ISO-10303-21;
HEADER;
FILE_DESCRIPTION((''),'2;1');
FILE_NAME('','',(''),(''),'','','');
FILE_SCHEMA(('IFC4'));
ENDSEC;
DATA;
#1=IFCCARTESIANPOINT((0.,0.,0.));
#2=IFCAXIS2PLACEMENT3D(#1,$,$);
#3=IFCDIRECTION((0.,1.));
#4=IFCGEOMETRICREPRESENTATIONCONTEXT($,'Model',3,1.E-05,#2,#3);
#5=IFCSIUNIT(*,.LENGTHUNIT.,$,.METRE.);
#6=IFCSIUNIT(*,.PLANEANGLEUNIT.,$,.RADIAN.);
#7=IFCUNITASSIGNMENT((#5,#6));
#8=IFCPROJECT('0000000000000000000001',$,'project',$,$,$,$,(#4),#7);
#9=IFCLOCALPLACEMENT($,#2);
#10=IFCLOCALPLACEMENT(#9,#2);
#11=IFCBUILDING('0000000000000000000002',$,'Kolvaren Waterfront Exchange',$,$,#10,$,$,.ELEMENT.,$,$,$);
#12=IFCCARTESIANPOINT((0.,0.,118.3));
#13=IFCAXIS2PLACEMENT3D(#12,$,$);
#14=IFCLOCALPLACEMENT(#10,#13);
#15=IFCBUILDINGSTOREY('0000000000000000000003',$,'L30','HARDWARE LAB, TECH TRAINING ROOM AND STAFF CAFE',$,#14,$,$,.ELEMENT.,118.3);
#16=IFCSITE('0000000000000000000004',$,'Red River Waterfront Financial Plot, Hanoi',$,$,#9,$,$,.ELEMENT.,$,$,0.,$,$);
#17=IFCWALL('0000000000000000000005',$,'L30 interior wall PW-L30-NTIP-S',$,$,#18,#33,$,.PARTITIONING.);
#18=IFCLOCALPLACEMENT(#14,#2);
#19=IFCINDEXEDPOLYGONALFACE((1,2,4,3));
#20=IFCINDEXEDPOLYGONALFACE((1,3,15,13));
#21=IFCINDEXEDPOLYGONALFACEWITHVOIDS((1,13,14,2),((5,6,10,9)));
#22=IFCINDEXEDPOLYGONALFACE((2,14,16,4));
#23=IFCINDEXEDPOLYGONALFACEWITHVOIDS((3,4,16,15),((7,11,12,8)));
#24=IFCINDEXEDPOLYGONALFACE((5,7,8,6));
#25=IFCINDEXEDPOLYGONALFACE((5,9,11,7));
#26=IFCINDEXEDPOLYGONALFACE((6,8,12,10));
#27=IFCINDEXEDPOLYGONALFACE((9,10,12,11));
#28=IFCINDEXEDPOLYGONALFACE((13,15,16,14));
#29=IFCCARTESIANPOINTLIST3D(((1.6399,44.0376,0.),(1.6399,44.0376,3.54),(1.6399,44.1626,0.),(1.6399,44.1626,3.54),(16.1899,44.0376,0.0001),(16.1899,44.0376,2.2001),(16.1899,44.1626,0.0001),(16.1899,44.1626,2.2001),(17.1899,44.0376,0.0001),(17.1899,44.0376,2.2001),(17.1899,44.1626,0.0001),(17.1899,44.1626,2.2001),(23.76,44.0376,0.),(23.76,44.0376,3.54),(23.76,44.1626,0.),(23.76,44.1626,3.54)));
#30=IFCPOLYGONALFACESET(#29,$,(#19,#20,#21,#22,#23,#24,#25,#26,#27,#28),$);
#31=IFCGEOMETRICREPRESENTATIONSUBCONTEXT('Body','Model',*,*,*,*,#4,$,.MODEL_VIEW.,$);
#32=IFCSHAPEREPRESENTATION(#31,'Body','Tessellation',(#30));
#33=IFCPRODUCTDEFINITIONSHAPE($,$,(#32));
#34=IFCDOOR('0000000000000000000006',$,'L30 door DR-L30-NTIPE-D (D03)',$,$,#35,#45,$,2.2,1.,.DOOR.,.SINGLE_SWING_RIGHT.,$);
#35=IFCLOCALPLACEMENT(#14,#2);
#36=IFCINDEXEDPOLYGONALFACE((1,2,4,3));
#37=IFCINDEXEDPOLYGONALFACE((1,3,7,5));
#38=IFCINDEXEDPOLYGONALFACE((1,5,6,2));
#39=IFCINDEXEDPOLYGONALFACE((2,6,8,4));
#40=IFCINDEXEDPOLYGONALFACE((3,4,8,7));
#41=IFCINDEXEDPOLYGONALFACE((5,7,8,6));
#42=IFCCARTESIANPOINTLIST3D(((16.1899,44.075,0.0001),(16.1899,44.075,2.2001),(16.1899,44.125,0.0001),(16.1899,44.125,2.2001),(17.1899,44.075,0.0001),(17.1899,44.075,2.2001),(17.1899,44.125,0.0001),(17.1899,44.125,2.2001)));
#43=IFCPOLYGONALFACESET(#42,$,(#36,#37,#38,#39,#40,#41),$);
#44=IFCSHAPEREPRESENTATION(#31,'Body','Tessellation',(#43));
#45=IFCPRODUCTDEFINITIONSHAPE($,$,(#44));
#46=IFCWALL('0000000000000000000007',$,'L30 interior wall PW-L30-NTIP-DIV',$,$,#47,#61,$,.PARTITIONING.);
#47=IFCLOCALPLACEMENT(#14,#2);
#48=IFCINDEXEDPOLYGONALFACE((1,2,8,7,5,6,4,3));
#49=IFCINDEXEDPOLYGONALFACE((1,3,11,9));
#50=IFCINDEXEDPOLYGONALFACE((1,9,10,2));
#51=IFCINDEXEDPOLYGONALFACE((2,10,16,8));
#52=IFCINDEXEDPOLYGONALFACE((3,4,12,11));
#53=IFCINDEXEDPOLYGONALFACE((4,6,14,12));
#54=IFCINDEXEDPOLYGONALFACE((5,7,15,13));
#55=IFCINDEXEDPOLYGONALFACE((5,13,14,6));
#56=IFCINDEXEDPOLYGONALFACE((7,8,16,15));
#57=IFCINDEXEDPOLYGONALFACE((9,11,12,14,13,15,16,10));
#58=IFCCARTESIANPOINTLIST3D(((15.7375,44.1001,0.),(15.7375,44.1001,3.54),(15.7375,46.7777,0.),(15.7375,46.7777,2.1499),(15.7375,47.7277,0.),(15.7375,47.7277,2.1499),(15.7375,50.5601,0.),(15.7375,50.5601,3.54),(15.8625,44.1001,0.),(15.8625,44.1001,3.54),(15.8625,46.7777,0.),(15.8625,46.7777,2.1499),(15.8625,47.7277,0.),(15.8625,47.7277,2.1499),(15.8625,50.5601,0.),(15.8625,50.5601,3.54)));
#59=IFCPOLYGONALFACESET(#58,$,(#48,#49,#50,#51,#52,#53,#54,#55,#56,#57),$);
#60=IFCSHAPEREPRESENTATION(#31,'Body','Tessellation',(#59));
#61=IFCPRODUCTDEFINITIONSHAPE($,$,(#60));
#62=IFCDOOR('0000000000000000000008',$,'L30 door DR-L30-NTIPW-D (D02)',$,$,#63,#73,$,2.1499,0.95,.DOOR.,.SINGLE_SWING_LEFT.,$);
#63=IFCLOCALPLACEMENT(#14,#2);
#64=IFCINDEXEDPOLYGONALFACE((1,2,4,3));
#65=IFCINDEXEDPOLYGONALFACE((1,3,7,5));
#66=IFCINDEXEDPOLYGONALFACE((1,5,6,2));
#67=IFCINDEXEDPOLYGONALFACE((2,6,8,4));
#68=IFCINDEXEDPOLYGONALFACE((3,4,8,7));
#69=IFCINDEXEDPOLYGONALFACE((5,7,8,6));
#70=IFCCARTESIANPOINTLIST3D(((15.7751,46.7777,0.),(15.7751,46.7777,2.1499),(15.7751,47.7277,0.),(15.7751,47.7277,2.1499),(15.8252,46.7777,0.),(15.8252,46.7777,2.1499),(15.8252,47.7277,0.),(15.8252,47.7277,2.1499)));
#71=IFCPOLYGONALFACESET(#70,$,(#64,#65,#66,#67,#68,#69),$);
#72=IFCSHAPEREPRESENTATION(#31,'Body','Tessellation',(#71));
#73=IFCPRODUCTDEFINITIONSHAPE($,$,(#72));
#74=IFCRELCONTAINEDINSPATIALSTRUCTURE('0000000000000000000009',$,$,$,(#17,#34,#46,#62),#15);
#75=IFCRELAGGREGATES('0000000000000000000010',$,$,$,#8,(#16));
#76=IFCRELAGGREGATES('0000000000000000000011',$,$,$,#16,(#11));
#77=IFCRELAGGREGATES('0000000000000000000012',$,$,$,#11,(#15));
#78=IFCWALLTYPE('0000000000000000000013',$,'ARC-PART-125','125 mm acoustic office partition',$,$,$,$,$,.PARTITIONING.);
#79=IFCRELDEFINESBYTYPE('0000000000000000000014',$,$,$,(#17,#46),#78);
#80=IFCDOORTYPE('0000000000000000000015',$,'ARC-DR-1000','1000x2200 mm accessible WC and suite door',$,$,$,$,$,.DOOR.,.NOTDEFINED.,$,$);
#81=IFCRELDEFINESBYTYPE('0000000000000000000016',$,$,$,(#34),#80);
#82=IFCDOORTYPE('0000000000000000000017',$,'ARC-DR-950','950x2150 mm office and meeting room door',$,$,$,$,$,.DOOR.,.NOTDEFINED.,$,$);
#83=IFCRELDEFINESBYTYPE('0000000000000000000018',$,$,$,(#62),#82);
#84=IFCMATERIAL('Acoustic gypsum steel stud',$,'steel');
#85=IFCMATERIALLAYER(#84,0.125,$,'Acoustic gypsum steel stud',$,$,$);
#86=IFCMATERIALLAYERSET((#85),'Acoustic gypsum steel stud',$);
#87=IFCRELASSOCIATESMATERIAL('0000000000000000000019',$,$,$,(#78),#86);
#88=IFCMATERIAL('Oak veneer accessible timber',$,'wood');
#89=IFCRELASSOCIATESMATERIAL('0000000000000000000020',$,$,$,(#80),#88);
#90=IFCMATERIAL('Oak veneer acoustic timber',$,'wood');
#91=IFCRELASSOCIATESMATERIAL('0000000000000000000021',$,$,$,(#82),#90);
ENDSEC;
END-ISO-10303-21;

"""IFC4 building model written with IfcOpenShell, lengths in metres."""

from ifc_helpers import new_model, si_unit, direction, frame, frame_2d, origin, place, context, subcontext, project, spatial, rectangle, extrude, material, layer, layer_set, type_object, element, fill, save


model = new_model("IFC4")

# Units and contexts
model_context = context("Model", 3, precision=1e-05, world=origin(), true_north=direction((0.0, 1.0)))
body_context = subcontext(model_context, "Body", "Model", "MODEL_VIEW")
ifc_project = project(units=[si_unit("LENGTHUNIT", "METRE"), si_unit("PLANEANGLEUNIT", "RADIAN")], contexts=[model_context])

# Site, building, storey
site_placement = place(None, origin())
site = spatial("IfcSite", under=ifc_project, at=site_placement, Name="Red River Waterfront Financial Plot, Hanoi", CompositionType="ELEMENT", RefElevation=0.0)
building_placement = place(site_placement, origin())
building = spatial("IfcBuilding", under=site, at=building_placement, Name="Kolvaren Waterfront Exchange", CompositionType="ELEMENT")
storey_placement = place(building_placement, frame((0.0, 0.0, 118.3)))
storey = spatial("IfcBuildingStorey", under=building, at=storey_placement, Name="L30", Description="HARDWARE LAB, TECH TRAINING ROOM AND STAFF CAFE", CompositionType="ELEMENT", Elevation=118.3)

# Walls, openings, doors
ifc_material_1 = material(Name="Acoustic gypsum steel stud", Category="steel")
ifc_layer_1 = layer(ifc_material_1, 0.125, Name="Acoustic gypsum steel stud")
ifc_layer_set_1 = layer_set([ifc_layer_1], Name="Acoustic gypsum steel stud")
wall_type_1 = type_object("IfcWallType", Name="ARC-PART-125", Description="125 mm acoustic office partition", PredefinedType="PARTITIONING", material=ifc_layer_set_1)
wall_1_placement = place(storey_placement, frame((1.6399, 44.1001, 0.0), z_axis=(0.0, 0.0, 1.0), x_axis=(1.0, 0.0, 0.0)))
wall_1 = element("IfcWall", 1, at=wall_1_placement, inside=storey, type_object=wall_type_1, Name="L30 interior wall PW-L30-NTIP-S", PredefinedType="PARTITIONING", context=body_context, shape_type="SweptSolid", body=[
    extrude(rectangle(XDim=22.1201, YDim=0.125, at=frame_2d((11.0601, 0.0))), origin(), (0.0, 0.0, 1.0), 3.54),
])
opening_1_placement = place(wall_1_placement, frame((14.55, 0.0, 0.0)))
opening_1 = element("IfcOpeningElement", 2, at=opening_1_placement, cuts=wall_1, PredefinedType="OPENING", context=body_context, shape_type="SweptSolid", body=[
    extrude(rectangle(XDim=1.0, YDim=2.2, at=frame_2d((0.5, 1.1001))), frame((0.0, 0.0725, 0.0), z_axis=(0.0, -1.0, 0.0), x_axis=(1.0, 0.0, 0.0)), (0.0, 0.0, 1.0), 0.145),
])
ifc_material_2 = material(Name="Oak veneer accessible timber", Category="wood")
door_type_1 = type_object("IfcDoorType", Name="ARC-DR-1000", Description="1000x2200 mm accessible WC and suite door", OperationType="NOTDEFINED", PredefinedType="DOOR", material=ifc_material_2)
door_1_placement = place(opening_1_placement, origin())
door_1 = element("IfcDoor", 3, at=door_1_placement, inside=storey, type_object=door_type_1, Name="L30 door DR-L30-NTIPE-D (D03)", OperationType="SINGLE_SWING_RIGHT", OverallHeight=2.2, OverallWidth=1.0, PredefinedType="DOOR", context=body_context, shape_type="SweptSolid", body=[
    extrude(rectangle(XDim=1.0, YDim=2.2, at=frame_2d((0.5, 1.1001))), frame((0.0, 0.0249, 0.0), z_axis=(0.0, -1.0, 0.0), x_axis=(1.0, 0.0, 0.0)), (0.0, 0.0, 1.0), 0.05),
])
fill(opening_1, door_1)
wall_2_placement = place(storey_placement, frame((15.8, 44.1001, 0.0), z_axis=(0.0, 0.0, 1.0), x_axis=(0.0, 1.0, 0.0)))
wall_2 = element("IfcWall", 4, at=wall_2_placement, inside=storey, type_object=wall_type_1, Name="L30 interior wall PW-L30-NTIP-DIV", PredefinedType="PARTITIONING", context=body_context, shape_type="SweptSolid", body=[
    extrude(rectangle(XDim=6.46, YDim=0.125, at=frame_2d((3.23, 0.0))), origin(), (0.0, 0.0, 1.0), 3.54),
])
opening_2_placement = place(wall_2_placement, frame((2.6775, 0.0, 0.0)))
opening_2 = element("IfcOpeningElement", 5, at=opening_2_placement, cuts=wall_2, PredefinedType="OPENING", context=body_context, shape_type="SweptSolid", body=[
    extrude(rectangle(XDim=0.95, YDim=2.1499, at=frame_2d((0.4751, 1.075))), frame((0.0, 0.0725, 0.0), z_axis=(0.0, -1.0, 0.0), x_axis=(1.0, 0.0, 0.0)), (0.0, 0.0, 1.0), 0.145),
])
ifc_material_3 = material(Name="Oak veneer acoustic timber", Category="wood")
door_type_2 = type_object("IfcDoorType", Name="ARC-DR-950", Description="950x2150 mm office and meeting room door", OperationType="NOTDEFINED", PredefinedType="DOOR", material=ifc_material_3)
door_2_placement = place(opening_2_placement, origin())
door_2 = element("IfcDoor", 6, at=door_2_placement, inside=storey, type_object=door_type_2, Name="L30 door DR-L30-NTIPW-D (D02)", OperationType="SINGLE_SWING_LEFT", OverallHeight=2.1499, OverallWidth=0.95, PredefinedType="DOOR", context=body_context, shape_type="SweptSolid", body=[
    extrude(rectangle(XDim=0.95, YDim=2.1499, at=frame_2d((0.4751, 1.075))), frame((0.0, 0.0249, 0.0), z_axis=(0.0, -1.0, 0.0), x_axis=(1.0, 0.0, 0.0)), (0.0, 0.0, 1.0), 0.05),
])
fill(opening_2, door_2)

save(model, "model.ifc")
